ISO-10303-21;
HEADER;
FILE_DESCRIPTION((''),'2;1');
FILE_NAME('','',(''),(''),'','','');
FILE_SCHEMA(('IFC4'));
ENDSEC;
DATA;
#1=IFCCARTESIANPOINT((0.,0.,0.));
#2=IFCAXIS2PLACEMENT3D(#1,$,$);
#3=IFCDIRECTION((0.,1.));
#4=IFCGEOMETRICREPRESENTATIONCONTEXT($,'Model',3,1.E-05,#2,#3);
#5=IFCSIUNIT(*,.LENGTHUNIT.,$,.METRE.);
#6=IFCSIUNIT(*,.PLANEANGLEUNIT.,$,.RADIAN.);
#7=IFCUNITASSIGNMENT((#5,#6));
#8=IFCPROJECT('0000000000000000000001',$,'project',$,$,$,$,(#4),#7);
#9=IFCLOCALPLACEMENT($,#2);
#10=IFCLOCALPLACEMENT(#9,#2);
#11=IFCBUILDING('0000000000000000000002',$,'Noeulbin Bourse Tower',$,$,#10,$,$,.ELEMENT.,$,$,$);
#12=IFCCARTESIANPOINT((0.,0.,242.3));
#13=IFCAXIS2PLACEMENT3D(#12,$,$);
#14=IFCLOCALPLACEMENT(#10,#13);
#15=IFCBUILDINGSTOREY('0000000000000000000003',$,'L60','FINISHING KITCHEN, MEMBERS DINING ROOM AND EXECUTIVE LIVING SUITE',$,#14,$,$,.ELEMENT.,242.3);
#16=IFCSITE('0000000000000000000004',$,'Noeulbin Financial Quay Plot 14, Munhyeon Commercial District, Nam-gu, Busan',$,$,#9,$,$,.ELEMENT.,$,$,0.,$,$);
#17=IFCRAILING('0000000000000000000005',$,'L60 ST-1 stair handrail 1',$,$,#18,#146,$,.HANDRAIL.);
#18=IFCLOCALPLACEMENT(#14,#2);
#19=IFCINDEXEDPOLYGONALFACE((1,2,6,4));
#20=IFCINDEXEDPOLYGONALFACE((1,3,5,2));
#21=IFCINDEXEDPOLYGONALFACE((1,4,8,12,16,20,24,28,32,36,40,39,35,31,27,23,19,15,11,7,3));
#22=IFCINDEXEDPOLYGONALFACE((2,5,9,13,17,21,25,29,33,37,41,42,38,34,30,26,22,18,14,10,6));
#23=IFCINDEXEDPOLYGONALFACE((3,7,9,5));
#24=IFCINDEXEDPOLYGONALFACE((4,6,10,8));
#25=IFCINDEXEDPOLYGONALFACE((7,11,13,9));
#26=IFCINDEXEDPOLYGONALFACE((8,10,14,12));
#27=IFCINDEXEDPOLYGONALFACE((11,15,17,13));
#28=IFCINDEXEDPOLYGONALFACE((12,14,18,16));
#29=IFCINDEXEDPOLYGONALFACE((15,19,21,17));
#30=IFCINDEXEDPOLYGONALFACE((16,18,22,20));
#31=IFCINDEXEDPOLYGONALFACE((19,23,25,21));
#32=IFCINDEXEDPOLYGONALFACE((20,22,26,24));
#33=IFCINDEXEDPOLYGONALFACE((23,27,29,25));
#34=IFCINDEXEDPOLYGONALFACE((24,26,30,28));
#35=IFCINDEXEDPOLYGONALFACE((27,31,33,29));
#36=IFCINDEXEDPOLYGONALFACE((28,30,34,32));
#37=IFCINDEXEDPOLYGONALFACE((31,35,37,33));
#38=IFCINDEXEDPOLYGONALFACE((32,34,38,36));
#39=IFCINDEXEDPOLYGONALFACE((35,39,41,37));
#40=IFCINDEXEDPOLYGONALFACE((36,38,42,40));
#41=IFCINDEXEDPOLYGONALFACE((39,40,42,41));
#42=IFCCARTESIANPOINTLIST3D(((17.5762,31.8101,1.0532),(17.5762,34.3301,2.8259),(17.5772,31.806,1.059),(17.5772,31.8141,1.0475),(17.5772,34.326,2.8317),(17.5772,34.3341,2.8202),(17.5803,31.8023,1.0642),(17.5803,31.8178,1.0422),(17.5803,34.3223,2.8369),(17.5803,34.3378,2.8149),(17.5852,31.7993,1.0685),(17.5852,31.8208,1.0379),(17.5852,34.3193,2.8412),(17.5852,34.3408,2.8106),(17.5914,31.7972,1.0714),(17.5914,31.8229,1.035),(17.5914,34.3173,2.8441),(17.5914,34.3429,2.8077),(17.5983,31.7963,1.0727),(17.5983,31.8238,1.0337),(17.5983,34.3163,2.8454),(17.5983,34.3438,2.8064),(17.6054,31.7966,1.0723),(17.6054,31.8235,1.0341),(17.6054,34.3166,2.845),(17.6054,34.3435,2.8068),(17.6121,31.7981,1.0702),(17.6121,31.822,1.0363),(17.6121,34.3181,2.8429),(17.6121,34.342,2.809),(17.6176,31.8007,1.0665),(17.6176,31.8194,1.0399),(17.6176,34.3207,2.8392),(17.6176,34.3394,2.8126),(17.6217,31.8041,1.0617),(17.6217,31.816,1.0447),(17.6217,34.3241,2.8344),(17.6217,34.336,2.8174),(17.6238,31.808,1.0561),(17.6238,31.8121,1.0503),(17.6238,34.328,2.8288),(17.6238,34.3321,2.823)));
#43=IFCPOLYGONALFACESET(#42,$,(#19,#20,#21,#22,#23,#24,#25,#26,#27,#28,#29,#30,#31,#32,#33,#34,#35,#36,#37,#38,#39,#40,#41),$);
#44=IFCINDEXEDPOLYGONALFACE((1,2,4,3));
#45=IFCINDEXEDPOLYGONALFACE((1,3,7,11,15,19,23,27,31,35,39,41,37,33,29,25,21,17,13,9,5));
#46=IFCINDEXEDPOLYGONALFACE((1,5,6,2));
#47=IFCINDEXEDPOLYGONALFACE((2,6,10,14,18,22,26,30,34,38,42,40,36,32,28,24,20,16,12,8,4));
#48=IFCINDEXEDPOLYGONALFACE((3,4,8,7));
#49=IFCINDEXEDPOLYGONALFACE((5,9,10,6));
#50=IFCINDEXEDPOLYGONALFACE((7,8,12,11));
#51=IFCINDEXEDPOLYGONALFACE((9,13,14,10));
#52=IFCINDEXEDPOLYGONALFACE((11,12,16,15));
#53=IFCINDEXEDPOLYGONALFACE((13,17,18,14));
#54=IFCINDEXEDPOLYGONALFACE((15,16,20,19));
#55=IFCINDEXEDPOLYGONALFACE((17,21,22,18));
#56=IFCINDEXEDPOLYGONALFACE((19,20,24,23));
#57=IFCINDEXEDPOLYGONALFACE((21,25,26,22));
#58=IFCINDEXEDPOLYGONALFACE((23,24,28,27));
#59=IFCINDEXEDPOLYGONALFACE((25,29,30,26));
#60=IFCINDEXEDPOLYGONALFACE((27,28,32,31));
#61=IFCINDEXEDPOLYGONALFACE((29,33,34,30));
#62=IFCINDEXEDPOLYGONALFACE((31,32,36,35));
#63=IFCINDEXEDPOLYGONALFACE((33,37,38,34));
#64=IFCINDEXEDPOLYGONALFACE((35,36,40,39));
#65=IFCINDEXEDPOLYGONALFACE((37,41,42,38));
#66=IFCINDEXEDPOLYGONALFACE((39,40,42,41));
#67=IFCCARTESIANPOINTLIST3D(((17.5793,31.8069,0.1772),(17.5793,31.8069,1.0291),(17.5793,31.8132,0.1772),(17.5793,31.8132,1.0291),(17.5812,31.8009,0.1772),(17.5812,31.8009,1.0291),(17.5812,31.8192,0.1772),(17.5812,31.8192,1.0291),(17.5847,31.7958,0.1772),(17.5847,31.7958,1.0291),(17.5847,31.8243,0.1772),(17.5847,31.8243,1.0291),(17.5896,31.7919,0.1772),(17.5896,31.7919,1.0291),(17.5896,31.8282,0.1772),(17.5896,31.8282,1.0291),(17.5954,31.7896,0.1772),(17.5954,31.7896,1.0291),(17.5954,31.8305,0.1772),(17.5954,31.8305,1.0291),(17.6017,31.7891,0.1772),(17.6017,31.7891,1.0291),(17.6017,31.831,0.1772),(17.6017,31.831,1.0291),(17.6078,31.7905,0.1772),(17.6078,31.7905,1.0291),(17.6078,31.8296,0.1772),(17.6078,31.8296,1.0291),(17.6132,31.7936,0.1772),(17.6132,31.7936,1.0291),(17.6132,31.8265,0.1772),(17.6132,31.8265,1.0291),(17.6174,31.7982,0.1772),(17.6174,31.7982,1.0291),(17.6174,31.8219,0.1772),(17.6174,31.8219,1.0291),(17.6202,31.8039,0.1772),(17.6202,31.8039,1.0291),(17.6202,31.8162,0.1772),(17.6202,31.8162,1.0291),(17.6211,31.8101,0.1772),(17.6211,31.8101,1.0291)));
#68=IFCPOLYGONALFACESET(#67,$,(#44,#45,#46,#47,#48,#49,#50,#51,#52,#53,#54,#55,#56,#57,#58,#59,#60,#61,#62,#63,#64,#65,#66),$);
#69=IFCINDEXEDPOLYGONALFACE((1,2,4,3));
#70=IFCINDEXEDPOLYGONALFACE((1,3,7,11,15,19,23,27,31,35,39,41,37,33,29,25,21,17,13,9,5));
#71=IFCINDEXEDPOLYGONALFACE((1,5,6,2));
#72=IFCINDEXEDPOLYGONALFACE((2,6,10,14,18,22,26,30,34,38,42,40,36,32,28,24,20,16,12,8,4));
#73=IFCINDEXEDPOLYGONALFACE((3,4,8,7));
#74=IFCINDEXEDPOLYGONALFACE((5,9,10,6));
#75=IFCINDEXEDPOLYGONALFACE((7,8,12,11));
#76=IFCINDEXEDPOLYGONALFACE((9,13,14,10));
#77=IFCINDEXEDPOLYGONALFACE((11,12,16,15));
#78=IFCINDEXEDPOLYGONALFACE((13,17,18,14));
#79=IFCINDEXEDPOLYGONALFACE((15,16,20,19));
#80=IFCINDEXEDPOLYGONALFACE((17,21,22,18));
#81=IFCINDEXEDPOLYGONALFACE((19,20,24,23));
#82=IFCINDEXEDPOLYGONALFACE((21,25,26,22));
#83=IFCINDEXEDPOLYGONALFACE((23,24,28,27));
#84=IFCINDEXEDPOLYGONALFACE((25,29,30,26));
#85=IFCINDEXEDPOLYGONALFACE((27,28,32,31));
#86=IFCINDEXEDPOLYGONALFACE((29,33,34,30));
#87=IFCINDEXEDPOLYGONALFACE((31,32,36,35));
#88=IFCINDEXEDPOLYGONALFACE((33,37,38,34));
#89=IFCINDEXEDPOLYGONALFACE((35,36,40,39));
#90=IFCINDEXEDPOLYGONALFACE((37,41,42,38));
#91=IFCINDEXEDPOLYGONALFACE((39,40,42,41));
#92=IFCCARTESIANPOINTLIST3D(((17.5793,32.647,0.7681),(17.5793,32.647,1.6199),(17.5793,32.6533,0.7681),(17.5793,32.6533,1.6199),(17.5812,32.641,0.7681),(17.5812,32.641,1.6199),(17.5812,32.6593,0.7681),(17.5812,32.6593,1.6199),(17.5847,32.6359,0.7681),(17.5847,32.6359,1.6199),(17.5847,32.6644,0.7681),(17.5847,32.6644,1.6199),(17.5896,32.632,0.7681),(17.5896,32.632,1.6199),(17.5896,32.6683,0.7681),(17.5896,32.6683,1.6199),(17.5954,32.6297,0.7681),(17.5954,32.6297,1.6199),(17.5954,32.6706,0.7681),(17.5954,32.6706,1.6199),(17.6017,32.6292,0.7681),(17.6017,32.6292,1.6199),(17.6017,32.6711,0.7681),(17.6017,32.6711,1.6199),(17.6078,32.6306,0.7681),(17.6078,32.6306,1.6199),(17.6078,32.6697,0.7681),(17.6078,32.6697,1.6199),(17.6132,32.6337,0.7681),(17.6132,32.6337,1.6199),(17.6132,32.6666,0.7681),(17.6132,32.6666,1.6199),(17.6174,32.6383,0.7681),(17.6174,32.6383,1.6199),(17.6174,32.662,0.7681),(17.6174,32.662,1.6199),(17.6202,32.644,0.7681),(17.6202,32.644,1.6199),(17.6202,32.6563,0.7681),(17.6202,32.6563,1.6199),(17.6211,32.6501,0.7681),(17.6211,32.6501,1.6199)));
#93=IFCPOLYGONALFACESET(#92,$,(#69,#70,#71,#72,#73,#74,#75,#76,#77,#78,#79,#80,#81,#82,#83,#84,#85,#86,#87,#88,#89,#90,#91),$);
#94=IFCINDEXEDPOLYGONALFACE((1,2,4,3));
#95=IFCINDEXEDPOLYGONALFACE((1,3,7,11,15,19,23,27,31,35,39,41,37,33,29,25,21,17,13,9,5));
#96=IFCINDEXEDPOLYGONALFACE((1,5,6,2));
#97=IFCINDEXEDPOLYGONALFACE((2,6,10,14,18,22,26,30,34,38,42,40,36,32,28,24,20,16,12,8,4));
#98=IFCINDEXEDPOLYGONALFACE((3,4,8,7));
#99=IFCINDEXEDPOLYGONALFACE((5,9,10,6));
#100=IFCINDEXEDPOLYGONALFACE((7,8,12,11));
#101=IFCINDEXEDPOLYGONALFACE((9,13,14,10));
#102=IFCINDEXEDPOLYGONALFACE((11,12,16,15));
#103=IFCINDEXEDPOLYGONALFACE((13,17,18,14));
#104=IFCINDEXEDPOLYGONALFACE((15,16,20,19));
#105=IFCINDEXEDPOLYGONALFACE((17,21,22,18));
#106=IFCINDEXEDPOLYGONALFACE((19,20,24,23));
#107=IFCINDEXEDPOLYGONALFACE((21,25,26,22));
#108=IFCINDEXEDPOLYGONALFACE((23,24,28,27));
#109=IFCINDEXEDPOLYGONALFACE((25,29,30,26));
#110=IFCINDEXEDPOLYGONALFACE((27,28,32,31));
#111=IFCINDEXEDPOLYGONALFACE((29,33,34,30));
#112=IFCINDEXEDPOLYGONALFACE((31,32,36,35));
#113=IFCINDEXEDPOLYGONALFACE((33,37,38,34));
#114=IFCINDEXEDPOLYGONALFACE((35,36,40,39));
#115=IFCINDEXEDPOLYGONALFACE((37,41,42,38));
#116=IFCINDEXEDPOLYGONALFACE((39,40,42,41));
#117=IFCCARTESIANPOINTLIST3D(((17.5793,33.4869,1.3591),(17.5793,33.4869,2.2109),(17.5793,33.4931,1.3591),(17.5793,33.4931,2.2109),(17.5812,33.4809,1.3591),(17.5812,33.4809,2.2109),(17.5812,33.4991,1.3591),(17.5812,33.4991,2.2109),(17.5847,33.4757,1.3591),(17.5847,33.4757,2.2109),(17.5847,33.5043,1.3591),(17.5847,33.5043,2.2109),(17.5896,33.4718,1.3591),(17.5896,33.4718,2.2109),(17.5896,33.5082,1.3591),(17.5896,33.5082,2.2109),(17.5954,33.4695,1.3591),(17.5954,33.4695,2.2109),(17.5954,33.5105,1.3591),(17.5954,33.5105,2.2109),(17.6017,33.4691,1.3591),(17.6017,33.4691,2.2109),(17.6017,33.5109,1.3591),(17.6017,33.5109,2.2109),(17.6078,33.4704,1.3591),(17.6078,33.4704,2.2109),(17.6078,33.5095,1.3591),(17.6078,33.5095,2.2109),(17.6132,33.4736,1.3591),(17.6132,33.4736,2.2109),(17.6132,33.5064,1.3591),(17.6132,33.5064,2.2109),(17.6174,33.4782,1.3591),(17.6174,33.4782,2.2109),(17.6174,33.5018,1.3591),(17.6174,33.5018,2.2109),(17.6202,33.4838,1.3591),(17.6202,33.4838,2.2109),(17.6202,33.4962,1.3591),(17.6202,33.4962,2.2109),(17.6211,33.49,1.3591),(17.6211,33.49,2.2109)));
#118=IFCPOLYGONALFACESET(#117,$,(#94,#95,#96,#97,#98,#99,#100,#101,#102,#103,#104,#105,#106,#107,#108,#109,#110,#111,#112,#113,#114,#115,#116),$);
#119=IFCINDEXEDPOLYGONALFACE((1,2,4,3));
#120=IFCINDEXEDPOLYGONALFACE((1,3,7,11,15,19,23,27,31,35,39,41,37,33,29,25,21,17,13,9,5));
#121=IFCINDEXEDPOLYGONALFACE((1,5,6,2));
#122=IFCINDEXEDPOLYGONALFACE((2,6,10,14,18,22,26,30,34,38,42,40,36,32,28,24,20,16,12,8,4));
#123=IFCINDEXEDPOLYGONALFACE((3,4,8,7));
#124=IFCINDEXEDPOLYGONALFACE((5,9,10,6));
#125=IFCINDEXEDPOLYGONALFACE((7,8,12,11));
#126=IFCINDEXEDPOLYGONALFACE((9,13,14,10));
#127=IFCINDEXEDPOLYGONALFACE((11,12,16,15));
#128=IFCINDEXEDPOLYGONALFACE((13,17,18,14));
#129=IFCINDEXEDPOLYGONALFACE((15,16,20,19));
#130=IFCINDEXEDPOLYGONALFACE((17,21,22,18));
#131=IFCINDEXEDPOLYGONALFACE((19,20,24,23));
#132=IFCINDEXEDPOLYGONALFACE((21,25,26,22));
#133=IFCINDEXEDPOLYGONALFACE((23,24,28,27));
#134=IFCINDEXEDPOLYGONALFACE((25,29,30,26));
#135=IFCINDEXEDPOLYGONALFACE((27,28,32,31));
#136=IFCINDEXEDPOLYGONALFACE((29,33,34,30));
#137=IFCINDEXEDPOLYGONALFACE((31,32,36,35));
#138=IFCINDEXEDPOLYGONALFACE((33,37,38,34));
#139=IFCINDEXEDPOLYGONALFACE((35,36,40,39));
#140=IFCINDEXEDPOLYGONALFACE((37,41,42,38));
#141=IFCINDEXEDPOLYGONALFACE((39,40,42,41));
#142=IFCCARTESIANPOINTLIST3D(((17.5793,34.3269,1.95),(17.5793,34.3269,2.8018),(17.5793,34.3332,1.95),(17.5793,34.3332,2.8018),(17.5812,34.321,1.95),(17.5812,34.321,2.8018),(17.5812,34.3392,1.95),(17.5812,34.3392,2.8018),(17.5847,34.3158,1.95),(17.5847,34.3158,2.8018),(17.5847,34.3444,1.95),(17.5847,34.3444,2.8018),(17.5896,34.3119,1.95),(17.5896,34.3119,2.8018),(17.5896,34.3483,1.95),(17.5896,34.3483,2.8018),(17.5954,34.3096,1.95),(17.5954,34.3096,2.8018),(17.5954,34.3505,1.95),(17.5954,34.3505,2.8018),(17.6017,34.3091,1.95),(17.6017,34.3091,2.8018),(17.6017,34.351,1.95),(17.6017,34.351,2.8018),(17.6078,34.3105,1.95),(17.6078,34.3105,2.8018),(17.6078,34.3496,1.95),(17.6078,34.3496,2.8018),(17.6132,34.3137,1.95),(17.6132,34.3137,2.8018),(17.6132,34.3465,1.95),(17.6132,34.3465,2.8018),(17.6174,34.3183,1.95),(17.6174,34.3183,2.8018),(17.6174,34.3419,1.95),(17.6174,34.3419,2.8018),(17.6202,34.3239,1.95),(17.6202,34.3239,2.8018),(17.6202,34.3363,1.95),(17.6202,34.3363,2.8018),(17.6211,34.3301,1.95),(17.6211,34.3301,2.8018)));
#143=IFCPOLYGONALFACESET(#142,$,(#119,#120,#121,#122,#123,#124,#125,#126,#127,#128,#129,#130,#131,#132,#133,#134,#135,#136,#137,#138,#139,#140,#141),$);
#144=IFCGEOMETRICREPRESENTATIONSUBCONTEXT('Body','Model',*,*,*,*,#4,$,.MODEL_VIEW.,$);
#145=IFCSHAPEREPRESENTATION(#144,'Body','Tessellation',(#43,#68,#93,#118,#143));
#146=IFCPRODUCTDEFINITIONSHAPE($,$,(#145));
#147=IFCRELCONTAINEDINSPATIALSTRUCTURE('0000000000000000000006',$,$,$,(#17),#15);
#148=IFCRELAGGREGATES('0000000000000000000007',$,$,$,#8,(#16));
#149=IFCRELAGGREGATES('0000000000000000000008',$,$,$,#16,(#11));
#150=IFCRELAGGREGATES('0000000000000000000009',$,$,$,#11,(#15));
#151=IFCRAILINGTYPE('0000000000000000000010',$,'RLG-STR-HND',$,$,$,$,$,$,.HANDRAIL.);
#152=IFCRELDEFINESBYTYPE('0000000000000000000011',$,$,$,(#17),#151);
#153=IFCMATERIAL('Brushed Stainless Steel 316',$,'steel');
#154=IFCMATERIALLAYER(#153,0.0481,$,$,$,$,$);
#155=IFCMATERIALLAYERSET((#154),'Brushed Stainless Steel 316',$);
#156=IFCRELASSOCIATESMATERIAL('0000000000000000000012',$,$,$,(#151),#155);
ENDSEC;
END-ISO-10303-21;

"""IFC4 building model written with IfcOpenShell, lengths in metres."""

from ifc_helpers import new_model, si_unit, direction, frame, origin, origin_2d, place, context, subcontext, project, spatial, circle, extrude, material, layer, layer_set, type_object, element, save


model = new_model("IFC4")

# Units and contexts
model_context = context("Model", 3, precision=1e-05, world=origin(), true_north=direction((0.0, 1.0)))
body_context = subcontext(model_context, "Body", "Model", "MODEL_VIEW")
ifc_project = project(units=[si_unit("LENGTHUNIT", "METRE"), si_unit("PLANEANGLEUNIT", "RADIAN")], contexts=[model_context])

# Site, building, storey
site_placement = place(None, origin())
site = spatial("IfcSite", under=ifc_project, at=site_placement, Name="Noeulbin Financial Quay Plot 14, Munhyeon Commercial District, Nam-gu, Busan", CompositionType="ELEMENT", RefElevation=0.0)
building_placement = place(site_placement, origin())
building = spatial("IfcBuilding", under=site, at=building_placement, Name="Noeulbin Bourse Tower", CompositionType="ELEMENT")
storey_placement = place(building_placement, frame((0.0, 0.0, 242.3)))
storey = spatial("IfcBuildingStorey", under=building, at=storey_placement, Name="L60", Description="FINISHING KITCHEN, MEMBERS DINING ROOM AND EXECUTIVE LIVING SUITE", CompositionType="ELEMENT", Elevation=242.3)

# Railing
ifc_material_1 = material(Name="Brushed Stainless Steel 316", Category="steel")
ifc_layer_1 = layer(ifc_material_1, 0.0481)
ifc_layer_set_1 = layer_set([ifc_layer_1], Name="Brushed Stainless Steel 316")
railing_type_1 = type_object("IfcRailingType", Name="RLG-STR-HND", PredefinedType="HANDRAIL", material=ifc_layer_set_1)
railing_1_placement = place(storey_placement, frame((17.6001, 31.8101, 0.1772)))
element("IfcRailing", 1, at=railing_1_placement, inside=storey, type_object=railing_type_1, Name="L60 ST-1 stair handrail 1", PredefinedType="HANDRAIL", context=body_context, shape_type="SweptSolid", body=[
    extrude(circle(Radius=0.0239, at=origin_2d()), frame((0.0, 0.0, 0.876), z_axis=(0.0, 0.817904, 0.575354), x_axis=(-1.0, 0.0, 0.0)), (0.0, 0.0, 1.0), 3.0811),
    extrude(circle(Radius=0.021, at=origin_2d()), origin(), (0.0, 0.0, 1.0), 0.8518),
    extrude(circle(Radius=0.021, at=origin_2d()), frame((0.0, 0.8401, 0.5908)), (0.0, 0.0, 1.0), 0.8518),
    extrude(circle(Radius=0.021, at=origin_2d()), frame((0.0, 1.6799, 1.1819)), (0.0, 0.0, 1.0), 0.8518),
    extrude(circle(Radius=0.021, at=origin_2d()), frame((0.0, 2.52, 1.7727)), (0.0, 0.0, 1.0), 0.8518),
])

save(model, "model.ifc")
